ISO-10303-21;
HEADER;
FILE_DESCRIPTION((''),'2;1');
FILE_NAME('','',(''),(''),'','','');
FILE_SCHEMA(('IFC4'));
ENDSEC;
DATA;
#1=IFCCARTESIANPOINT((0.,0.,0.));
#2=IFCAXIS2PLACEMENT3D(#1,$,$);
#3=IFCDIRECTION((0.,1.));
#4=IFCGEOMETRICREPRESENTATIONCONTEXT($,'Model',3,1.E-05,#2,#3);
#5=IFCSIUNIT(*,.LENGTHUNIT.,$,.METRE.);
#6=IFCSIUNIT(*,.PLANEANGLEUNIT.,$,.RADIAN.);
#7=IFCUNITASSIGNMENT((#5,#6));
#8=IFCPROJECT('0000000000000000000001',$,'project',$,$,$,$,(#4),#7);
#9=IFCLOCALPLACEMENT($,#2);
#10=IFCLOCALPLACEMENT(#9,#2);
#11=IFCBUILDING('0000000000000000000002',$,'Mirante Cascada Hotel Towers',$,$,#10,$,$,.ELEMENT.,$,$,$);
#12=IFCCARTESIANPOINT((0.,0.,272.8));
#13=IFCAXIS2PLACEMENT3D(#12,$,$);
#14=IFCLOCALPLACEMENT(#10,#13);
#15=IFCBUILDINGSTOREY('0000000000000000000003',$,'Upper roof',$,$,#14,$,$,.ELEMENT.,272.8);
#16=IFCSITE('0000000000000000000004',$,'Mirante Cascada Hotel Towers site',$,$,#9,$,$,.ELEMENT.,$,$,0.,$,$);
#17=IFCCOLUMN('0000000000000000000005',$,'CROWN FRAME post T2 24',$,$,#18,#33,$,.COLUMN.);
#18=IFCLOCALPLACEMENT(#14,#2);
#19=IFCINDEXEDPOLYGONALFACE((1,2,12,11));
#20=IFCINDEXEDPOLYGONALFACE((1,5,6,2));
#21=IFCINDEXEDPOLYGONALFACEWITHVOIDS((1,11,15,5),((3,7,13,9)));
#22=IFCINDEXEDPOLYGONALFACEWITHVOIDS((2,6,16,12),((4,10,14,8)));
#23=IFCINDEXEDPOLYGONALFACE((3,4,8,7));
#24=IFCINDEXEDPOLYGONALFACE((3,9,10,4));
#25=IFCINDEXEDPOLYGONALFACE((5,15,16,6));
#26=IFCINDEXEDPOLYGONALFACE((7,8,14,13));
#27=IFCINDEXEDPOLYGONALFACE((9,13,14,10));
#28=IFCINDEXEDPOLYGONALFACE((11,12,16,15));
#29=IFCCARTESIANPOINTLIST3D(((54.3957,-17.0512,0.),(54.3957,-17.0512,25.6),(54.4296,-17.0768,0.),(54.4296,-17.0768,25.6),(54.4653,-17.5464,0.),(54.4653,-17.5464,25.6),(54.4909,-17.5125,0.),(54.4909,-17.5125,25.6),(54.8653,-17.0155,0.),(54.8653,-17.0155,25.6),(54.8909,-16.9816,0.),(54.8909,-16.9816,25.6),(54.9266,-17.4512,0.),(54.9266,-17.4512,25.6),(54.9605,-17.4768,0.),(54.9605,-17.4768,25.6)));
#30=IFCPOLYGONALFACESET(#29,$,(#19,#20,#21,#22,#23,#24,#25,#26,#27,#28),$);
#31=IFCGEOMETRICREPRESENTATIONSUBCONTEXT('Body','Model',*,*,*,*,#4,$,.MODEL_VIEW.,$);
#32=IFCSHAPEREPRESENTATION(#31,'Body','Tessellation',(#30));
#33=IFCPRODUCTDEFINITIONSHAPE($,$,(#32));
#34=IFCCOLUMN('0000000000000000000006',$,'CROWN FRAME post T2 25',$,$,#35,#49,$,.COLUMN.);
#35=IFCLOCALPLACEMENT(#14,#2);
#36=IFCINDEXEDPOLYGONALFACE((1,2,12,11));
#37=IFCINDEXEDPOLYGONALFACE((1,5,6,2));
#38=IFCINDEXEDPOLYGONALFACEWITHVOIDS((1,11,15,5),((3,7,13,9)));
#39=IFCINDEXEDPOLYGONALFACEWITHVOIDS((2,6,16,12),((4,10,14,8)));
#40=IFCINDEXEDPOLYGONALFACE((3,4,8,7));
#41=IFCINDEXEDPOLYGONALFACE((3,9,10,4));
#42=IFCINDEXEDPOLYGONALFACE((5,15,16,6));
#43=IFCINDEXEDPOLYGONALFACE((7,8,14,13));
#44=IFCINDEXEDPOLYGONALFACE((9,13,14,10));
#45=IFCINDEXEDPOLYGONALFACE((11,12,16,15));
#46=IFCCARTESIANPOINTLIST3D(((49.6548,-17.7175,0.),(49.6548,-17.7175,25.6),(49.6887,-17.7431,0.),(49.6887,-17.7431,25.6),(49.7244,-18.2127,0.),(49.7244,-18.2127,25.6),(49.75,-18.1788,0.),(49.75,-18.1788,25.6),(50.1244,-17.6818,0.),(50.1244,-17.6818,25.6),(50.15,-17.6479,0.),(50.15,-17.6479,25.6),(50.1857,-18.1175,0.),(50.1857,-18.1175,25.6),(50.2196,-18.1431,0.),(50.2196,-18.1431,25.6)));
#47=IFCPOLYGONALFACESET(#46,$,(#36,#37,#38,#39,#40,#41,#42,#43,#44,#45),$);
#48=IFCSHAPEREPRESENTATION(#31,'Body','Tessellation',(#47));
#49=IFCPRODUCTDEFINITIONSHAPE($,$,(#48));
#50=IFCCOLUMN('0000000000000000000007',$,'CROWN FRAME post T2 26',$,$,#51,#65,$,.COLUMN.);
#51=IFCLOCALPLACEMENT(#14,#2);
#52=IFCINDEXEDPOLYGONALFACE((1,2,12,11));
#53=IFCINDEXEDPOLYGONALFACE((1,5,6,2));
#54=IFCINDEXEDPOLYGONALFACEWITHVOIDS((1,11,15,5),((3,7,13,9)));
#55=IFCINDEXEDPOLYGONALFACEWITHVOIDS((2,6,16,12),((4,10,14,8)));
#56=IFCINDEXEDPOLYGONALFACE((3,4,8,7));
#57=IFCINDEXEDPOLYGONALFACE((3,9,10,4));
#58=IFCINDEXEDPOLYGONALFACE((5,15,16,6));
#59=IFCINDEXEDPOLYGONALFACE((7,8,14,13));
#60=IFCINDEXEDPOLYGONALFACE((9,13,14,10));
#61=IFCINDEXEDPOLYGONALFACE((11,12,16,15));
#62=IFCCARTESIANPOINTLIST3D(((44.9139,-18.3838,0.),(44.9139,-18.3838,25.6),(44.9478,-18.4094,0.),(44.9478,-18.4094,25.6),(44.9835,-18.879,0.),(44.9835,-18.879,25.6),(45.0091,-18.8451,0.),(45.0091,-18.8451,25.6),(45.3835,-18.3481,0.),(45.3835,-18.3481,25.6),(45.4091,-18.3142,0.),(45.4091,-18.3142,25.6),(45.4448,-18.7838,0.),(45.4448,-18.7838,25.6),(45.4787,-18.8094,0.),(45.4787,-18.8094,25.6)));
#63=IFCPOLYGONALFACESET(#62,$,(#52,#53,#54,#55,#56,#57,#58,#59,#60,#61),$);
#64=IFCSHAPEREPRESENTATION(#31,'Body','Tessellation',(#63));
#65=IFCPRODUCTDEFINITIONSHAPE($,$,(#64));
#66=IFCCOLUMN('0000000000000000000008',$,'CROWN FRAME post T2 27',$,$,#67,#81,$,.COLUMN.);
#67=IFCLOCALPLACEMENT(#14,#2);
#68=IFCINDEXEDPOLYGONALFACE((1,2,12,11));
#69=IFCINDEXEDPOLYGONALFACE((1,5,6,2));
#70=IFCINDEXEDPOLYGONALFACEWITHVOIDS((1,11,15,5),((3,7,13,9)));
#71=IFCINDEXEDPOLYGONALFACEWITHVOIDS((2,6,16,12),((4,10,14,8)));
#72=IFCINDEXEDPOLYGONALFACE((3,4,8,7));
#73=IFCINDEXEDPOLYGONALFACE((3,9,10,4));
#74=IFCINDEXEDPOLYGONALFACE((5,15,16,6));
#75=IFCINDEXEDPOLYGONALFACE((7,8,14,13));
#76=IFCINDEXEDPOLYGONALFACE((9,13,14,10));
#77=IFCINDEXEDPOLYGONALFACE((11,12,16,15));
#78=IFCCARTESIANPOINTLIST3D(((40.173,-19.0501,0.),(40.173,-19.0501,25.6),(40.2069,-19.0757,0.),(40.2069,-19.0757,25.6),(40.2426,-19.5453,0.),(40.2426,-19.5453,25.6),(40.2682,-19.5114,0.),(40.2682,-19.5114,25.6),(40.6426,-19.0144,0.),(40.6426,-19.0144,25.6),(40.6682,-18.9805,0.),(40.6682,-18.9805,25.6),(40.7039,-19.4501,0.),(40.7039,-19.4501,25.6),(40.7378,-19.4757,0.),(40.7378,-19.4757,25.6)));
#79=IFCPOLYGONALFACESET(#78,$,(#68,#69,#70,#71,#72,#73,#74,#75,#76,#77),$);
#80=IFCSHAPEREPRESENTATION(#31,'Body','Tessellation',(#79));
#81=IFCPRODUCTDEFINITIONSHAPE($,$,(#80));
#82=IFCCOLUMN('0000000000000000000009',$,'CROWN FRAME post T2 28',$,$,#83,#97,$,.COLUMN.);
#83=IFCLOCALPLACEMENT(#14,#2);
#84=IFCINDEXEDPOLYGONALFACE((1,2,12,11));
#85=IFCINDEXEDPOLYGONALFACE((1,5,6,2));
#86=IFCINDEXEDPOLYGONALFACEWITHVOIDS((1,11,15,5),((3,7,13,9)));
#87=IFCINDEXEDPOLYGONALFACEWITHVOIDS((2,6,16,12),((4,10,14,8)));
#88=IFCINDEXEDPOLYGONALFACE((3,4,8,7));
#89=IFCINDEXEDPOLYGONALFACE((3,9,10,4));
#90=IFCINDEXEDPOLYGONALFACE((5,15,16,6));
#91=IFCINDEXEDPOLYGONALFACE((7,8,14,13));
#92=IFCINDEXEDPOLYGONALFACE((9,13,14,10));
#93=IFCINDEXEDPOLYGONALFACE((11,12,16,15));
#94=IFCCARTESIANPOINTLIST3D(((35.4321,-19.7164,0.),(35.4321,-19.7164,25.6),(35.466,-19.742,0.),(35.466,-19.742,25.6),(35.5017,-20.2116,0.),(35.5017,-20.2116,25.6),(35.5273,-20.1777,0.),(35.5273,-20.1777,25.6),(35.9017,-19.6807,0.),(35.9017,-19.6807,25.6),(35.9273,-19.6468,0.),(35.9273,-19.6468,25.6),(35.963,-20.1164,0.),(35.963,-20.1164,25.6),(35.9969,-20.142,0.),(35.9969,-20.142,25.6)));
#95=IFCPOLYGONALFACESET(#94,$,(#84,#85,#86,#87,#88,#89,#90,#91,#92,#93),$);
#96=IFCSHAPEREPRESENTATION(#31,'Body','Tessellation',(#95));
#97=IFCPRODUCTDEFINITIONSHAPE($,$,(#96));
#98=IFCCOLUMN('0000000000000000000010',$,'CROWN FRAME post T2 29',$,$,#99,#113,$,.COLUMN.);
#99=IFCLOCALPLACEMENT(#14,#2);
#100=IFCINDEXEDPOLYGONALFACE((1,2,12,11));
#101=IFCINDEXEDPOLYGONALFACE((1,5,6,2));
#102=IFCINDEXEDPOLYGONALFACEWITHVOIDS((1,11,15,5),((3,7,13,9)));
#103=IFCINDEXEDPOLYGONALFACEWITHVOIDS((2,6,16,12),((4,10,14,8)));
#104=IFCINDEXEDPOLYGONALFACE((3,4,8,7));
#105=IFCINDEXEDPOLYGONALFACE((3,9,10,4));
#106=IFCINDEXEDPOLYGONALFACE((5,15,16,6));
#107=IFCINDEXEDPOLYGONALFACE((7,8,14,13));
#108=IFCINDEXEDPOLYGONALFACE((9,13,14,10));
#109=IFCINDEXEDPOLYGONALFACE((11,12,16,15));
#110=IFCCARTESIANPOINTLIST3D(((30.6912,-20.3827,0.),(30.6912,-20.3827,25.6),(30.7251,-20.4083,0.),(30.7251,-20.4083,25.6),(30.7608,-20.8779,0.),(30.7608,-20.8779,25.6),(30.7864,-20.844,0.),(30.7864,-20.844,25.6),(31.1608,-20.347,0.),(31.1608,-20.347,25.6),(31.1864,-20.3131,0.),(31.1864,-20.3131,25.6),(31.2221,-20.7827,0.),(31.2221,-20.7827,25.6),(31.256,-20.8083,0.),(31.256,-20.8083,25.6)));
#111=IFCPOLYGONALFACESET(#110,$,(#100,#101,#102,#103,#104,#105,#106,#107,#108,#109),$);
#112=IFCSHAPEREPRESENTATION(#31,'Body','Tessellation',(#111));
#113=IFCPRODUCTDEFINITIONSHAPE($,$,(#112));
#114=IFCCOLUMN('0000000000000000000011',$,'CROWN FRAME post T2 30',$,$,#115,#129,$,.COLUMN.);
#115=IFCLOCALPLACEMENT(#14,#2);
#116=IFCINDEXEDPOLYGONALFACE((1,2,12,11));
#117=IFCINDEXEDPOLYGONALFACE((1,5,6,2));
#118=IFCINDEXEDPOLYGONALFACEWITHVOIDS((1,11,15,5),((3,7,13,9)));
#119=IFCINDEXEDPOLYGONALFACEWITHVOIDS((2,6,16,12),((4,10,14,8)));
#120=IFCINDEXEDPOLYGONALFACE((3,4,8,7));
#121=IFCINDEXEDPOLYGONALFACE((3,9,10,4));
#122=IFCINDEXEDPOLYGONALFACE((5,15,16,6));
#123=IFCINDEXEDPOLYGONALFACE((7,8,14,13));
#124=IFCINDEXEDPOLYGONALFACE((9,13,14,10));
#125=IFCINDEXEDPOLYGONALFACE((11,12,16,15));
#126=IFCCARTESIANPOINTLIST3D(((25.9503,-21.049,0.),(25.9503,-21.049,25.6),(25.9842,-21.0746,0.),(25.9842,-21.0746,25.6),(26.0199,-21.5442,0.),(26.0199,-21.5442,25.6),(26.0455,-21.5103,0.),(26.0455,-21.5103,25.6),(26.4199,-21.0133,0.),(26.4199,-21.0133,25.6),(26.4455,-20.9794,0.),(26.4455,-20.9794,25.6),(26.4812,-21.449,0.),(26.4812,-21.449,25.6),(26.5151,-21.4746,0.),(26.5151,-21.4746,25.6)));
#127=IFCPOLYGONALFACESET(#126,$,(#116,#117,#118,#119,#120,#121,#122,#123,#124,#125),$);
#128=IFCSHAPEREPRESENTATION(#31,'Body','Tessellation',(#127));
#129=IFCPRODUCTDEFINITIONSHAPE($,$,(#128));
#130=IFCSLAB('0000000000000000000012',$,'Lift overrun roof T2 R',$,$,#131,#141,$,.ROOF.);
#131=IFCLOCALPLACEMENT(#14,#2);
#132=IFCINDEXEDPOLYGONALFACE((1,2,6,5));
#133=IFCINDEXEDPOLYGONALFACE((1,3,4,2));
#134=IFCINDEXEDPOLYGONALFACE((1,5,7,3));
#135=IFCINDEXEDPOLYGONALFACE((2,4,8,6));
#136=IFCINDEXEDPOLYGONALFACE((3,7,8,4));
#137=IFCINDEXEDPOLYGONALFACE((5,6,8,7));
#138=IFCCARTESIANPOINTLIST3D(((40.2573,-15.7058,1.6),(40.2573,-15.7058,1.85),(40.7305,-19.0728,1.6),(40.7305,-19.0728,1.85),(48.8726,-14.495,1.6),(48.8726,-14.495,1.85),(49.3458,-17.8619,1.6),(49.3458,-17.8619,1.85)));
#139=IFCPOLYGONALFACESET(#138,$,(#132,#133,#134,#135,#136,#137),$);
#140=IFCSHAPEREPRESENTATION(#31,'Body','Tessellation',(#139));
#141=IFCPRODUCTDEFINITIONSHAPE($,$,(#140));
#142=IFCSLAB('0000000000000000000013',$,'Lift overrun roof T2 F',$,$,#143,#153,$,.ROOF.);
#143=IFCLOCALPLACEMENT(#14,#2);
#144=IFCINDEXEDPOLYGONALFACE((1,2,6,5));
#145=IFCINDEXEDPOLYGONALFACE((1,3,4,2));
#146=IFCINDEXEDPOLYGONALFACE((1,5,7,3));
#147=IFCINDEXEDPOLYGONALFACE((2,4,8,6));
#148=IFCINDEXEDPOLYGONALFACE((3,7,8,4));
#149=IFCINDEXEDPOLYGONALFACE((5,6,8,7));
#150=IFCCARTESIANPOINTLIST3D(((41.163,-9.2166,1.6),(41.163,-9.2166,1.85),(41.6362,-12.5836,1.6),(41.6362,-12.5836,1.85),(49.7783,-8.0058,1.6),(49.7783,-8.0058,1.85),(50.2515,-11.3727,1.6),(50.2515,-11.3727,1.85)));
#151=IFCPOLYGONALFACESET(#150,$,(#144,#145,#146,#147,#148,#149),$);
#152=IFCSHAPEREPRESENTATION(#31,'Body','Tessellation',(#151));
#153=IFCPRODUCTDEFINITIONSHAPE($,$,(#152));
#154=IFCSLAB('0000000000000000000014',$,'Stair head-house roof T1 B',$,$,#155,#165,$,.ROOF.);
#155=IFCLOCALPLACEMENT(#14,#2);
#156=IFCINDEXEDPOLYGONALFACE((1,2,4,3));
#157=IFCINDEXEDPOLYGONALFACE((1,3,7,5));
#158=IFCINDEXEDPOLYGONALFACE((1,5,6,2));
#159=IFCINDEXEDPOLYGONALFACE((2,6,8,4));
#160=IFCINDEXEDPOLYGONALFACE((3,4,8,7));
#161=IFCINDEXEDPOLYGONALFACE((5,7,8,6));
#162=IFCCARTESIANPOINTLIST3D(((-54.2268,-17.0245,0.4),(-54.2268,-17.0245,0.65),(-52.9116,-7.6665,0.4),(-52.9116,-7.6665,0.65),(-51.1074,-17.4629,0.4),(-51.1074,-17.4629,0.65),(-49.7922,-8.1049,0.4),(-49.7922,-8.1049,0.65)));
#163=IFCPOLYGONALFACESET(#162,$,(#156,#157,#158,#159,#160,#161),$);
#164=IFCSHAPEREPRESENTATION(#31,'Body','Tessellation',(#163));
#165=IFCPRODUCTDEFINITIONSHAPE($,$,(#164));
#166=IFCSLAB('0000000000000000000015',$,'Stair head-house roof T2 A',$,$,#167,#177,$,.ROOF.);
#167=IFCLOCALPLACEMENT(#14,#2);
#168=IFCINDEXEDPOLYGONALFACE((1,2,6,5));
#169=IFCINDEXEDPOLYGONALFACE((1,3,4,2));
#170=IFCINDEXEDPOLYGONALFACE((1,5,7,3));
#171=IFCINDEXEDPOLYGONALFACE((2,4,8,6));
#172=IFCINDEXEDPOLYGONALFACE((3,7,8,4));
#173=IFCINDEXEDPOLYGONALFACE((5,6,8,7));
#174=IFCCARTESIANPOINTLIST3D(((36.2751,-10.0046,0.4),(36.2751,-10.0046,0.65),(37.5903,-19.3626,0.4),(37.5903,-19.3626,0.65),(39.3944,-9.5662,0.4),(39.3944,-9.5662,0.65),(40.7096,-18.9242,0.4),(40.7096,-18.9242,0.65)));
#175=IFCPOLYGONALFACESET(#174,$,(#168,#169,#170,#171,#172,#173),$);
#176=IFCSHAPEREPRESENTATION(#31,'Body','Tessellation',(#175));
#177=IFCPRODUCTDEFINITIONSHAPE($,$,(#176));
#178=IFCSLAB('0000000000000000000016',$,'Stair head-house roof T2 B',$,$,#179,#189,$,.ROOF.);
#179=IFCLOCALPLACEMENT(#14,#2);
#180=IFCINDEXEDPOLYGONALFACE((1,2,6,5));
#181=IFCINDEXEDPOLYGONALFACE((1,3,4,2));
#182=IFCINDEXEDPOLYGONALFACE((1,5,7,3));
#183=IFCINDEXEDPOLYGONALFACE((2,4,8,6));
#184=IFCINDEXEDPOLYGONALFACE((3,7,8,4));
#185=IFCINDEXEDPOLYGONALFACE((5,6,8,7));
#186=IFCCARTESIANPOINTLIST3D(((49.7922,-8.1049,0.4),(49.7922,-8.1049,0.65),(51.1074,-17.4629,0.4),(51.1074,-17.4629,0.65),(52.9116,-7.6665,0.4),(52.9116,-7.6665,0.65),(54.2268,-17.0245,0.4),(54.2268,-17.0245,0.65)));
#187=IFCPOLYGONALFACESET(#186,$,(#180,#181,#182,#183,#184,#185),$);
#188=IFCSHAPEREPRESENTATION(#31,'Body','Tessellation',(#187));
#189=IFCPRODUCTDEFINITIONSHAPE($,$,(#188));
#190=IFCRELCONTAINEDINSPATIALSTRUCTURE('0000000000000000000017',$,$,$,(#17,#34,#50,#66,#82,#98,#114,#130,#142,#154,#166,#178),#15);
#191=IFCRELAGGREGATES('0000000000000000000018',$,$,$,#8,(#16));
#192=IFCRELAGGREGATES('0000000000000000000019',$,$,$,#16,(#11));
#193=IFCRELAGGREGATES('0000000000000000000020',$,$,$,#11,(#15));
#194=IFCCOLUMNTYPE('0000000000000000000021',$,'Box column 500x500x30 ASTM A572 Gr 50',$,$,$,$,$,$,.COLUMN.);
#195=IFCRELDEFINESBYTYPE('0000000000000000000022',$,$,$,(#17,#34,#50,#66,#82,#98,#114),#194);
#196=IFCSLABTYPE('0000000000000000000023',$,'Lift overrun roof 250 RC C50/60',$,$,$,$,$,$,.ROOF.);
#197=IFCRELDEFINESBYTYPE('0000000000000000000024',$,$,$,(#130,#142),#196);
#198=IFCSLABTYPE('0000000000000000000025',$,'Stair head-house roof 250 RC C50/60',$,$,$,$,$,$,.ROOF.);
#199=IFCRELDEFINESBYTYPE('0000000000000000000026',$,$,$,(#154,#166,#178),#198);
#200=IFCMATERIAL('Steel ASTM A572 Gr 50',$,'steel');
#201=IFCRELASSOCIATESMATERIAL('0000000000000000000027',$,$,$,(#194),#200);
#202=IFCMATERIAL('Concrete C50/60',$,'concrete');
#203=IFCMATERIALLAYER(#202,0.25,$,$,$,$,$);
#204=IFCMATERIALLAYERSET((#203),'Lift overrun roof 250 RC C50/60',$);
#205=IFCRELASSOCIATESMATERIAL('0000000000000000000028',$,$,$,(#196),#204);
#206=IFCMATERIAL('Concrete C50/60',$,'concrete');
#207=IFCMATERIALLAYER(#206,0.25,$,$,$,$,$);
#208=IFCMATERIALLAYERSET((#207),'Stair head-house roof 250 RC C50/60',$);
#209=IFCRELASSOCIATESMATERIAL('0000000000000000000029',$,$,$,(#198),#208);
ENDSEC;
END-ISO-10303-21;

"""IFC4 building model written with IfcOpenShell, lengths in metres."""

from ifc_helpers import new_model, si_unit, direction, frame, origin, origin_2d, place, context, subcontext, project, spatial, polyline, hollow_rectangle, outline, extrude, material, layer, layer_set, material_profile, profile_set, type_object, element, save


model = new_model("IFC4")

# Units and contexts
model_context = context("Model", 3, precision=1e-05, world=origin(), true_north=direction((0.0, 1.0)))
body_context = subcontext(model_context, "Body", "Model", "MODEL_VIEW")
ifc_project = project(units=[si_unit("LENGTHUNIT", "METRE"), si_unit("PLANEANGLEUNIT", "RADIAN")], contexts=[model_context])

# Site, building, storey
site_placement = place(None, origin())
site = spatial("IfcSite", under=ifc_project, at=site_placement, Name="Mirante Cascada Hotel Towers site", CompositionType="ELEMENT", RefElevation=0.0)
building_placement = place(site_placement, origin())
building = spatial("IfcBuilding", under=site, at=building_placement, Name="Mirante Cascada Hotel Towers", CompositionType="ELEMENT")
storey_placement = place(building_placement, frame((0.0, 0.0, 272.8)))
storey = spatial("IfcBuildingStorey", under=building, at=storey_placement, Name="Upper roof", CompositionType="ELEMENT", Elevation=272.8)

# Columns
ifc_material_1 = material(Name="Steel ASTM A572 Gr 50", Category="steel")
ifc_material_profile_1 = material_profile(ifc_material_1, hollow_rectangle(XDim=0.5, YDim=0.5, WallThickness=0.03, at=origin_2d()), Name="Box column 500x500x30 ASTM A572 Gr 50")
ifc_profile_set_1 = profile_set([ifc_material_profile_1], Name="Steel ASTM A572 Gr 50")
column_type_1 = type_object("IfcColumnType", Name="Box column 500x500x30 ASTM A572 Gr 50", PredefinedType="COLUMN", material=ifc_profile_set_1)
for number, where, z_axis, x_axis, name in (
    (1, (54.6781, -17.264, 0.0), (0.0, 0.0, 1.0), (0.990268, 0.139173, 0.0), "CROWN FRAME post T2 24"),
    (2, (49.9372, -17.9303, 0.0), (0.0, 0.0, 1.0), (0.990268, 0.139173, 0.0), "CROWN FRAME post T2 25"),
    (3, (45.1963, -18.5966, 0.0), (0.0, 0.0, 1.0), (0.990268, 0.139173, 0.0), "CROWN FRAME post T2 26"),
    (4, (40.4554, -19.2629, 0.0), (0.0, 0.0, 1.0), (0.990268, 0.139173, 0.0), "CROWN FRAME post T2 27"),
    (5, (35.7145, -19.9292, 0.0), (0.0, 0.0, 1.0), (0.990268, 0.139173, 0.0), "CROWN FRAME post T2 28"),
    (6, (30.9736, -20.5955, 0.0), (0.0, 0.0, 1.0), (0.990268, 0.139173, 0.0), "CROWN FRAME post T2 29"),
    (7, (26.2327, -21.2618, 0.0), (0.0, 0.0, 1.0), (0.990268, 0.139173, 0.0), "CROWN FRAME post T2 30"),
):
    element("IfcColumn", number, at=place(storey_placement, frame(where, z_axis=z_axis, x_axis=x_axis)), inside=storey, type_object=column_type_1, Name=name, PredefinedType="COLUMN", context=body_context, shape_type="SweptSolid", body=[
        extrude(hollow_rectangle(XDim=0.5, YDim=0.5, WallThickness=0.03, at=origin_2d()), origin(), (0.0, 0.0, 1.0), 25.6),
    ])

# Slabs
ifc_material_2 = material(Name="Concrete C50/60", Category="concrete")
ifc_layer_1 = layer(ifc_material_2, 0.25)
ifc_layer_set_1 = layer_set([ifc_layer_1], Name="Lift overrun roof 250 RC C50/60")
slab_type_1 = type_object("IfcSlabType", Name="Lift overrun roof 250 RC C50/60", PredefinedType="ROOF", material=ifc_layer_set_1)
slab_1_placement = place(storey_placement, frame((0.0, 0.0, 1.6)))
element("IfcSlab", 8, at=slab_1_placement, inside=storey, type_object=slab_type_1, Name="Lift overrun roof T2 R", PredefinedType="ROOF", context=body_context, shape_type="SweptSolid", body=[
    extrude(outline(polyline([(40.7305, -19.0728), (49.3458, -17.8619), (48.8726, -14.495), (40.2573, -15.7058), (40.7305, -19.0728)])), origin(), (0.0, 0.0, 1.0), 0.25),
])
slab_2_placement = place(storey_placement, frame((0.0, 0.0, 1.6)))
element("IfcSlab", 9, at=slab_2_placement, inside=storey, type_object=slab_type_1, Name="Lift overrun roof T2 F", PredefinedType="ROOF", context=body_context, shape_type="SweptSolid", body=[
    extrude(outline(polyline([(41.6362, -12.5836), (50.2515, -11.3727), (49.7783, -8.0058), (41.163, -9.2166), (41.6362, -12.5836)])), origin(), (0.0, 0.0, 1.0), 0.25),
])
ifc_material_3 = material(Name="Concrete C50/60", Category="concrete")
ifc_layer_2 = layer(ifc_material_3, 0.25)
ifc_layer_set_2 = layer_set([ifc_layer_2], Name="Stair head-house roof 250 RC C50/60")
slab_type_2 = type_object("IfcSlabType", Name="Stair head-house roof 250 RC C50/60", PredefinedType="ROOF", material=ifc_layer_set_2)
slab_3_placement = place(storey_placement, frame((0.0, 0.0, 0.4)))
element("IfcSlab", 10, at=slab_3_placement, inside=storey, type_object=slab_type_2, Name="Stair head-house roof T1 B", PredefinedType="ROOF", context=body_context, shape_type="SweptSolid", body=[
    extrude(outline(polyline([(-49.7922, -8.1049), (-52.9116, -7.6665), (-54.2268, -17.0245), (-51.1074, -17.4629), (-49.7922, -8.1049)])), origin(), (0.0, 0.0, 1.0), 0.25),
])
slab_4_placement = place(storey_placement, frame((0.0, 0.0, 0.4)))
element("IfcSlab", 11, at=slab_4_placement, inside=storey, type_object=slab_type_2, Name="Stair head-house roof T2 A", PredefinedType="ROOF", context=body_context, shape_type="SweptSolid", body=[
    extrude(outline(polyline([(37.5903, -19.3626), (40.7096, -18.9242), (39.3944, -9.5662), (36.2751, -10.0046), (37.5903, -19.3626)])), origin(), (0.0, 0.0, 1.0), 0.25),
])
slab_5_placement = place(storey_placement, frame((0.0, 0.0, 0.4)))
element("IfcSlab", 12, at=slab_5_placement, inside=storey, type_object=slab_type_2, Name="Stair head-house roof T2 B", PredefinedType="ROOF", context=body_context, shape_type="SweptSolid", body=[
    extrude(outline(polyline([(51.1074, -17.4629), (54.2268, -17.0245), (52.9116, -7.6665), (49.7922, -8.1049), (51.1074, -17.4629)])), origin(), (0.0, 0.0, 1.0), 0.25),
])

save(model, "model.ifc")
